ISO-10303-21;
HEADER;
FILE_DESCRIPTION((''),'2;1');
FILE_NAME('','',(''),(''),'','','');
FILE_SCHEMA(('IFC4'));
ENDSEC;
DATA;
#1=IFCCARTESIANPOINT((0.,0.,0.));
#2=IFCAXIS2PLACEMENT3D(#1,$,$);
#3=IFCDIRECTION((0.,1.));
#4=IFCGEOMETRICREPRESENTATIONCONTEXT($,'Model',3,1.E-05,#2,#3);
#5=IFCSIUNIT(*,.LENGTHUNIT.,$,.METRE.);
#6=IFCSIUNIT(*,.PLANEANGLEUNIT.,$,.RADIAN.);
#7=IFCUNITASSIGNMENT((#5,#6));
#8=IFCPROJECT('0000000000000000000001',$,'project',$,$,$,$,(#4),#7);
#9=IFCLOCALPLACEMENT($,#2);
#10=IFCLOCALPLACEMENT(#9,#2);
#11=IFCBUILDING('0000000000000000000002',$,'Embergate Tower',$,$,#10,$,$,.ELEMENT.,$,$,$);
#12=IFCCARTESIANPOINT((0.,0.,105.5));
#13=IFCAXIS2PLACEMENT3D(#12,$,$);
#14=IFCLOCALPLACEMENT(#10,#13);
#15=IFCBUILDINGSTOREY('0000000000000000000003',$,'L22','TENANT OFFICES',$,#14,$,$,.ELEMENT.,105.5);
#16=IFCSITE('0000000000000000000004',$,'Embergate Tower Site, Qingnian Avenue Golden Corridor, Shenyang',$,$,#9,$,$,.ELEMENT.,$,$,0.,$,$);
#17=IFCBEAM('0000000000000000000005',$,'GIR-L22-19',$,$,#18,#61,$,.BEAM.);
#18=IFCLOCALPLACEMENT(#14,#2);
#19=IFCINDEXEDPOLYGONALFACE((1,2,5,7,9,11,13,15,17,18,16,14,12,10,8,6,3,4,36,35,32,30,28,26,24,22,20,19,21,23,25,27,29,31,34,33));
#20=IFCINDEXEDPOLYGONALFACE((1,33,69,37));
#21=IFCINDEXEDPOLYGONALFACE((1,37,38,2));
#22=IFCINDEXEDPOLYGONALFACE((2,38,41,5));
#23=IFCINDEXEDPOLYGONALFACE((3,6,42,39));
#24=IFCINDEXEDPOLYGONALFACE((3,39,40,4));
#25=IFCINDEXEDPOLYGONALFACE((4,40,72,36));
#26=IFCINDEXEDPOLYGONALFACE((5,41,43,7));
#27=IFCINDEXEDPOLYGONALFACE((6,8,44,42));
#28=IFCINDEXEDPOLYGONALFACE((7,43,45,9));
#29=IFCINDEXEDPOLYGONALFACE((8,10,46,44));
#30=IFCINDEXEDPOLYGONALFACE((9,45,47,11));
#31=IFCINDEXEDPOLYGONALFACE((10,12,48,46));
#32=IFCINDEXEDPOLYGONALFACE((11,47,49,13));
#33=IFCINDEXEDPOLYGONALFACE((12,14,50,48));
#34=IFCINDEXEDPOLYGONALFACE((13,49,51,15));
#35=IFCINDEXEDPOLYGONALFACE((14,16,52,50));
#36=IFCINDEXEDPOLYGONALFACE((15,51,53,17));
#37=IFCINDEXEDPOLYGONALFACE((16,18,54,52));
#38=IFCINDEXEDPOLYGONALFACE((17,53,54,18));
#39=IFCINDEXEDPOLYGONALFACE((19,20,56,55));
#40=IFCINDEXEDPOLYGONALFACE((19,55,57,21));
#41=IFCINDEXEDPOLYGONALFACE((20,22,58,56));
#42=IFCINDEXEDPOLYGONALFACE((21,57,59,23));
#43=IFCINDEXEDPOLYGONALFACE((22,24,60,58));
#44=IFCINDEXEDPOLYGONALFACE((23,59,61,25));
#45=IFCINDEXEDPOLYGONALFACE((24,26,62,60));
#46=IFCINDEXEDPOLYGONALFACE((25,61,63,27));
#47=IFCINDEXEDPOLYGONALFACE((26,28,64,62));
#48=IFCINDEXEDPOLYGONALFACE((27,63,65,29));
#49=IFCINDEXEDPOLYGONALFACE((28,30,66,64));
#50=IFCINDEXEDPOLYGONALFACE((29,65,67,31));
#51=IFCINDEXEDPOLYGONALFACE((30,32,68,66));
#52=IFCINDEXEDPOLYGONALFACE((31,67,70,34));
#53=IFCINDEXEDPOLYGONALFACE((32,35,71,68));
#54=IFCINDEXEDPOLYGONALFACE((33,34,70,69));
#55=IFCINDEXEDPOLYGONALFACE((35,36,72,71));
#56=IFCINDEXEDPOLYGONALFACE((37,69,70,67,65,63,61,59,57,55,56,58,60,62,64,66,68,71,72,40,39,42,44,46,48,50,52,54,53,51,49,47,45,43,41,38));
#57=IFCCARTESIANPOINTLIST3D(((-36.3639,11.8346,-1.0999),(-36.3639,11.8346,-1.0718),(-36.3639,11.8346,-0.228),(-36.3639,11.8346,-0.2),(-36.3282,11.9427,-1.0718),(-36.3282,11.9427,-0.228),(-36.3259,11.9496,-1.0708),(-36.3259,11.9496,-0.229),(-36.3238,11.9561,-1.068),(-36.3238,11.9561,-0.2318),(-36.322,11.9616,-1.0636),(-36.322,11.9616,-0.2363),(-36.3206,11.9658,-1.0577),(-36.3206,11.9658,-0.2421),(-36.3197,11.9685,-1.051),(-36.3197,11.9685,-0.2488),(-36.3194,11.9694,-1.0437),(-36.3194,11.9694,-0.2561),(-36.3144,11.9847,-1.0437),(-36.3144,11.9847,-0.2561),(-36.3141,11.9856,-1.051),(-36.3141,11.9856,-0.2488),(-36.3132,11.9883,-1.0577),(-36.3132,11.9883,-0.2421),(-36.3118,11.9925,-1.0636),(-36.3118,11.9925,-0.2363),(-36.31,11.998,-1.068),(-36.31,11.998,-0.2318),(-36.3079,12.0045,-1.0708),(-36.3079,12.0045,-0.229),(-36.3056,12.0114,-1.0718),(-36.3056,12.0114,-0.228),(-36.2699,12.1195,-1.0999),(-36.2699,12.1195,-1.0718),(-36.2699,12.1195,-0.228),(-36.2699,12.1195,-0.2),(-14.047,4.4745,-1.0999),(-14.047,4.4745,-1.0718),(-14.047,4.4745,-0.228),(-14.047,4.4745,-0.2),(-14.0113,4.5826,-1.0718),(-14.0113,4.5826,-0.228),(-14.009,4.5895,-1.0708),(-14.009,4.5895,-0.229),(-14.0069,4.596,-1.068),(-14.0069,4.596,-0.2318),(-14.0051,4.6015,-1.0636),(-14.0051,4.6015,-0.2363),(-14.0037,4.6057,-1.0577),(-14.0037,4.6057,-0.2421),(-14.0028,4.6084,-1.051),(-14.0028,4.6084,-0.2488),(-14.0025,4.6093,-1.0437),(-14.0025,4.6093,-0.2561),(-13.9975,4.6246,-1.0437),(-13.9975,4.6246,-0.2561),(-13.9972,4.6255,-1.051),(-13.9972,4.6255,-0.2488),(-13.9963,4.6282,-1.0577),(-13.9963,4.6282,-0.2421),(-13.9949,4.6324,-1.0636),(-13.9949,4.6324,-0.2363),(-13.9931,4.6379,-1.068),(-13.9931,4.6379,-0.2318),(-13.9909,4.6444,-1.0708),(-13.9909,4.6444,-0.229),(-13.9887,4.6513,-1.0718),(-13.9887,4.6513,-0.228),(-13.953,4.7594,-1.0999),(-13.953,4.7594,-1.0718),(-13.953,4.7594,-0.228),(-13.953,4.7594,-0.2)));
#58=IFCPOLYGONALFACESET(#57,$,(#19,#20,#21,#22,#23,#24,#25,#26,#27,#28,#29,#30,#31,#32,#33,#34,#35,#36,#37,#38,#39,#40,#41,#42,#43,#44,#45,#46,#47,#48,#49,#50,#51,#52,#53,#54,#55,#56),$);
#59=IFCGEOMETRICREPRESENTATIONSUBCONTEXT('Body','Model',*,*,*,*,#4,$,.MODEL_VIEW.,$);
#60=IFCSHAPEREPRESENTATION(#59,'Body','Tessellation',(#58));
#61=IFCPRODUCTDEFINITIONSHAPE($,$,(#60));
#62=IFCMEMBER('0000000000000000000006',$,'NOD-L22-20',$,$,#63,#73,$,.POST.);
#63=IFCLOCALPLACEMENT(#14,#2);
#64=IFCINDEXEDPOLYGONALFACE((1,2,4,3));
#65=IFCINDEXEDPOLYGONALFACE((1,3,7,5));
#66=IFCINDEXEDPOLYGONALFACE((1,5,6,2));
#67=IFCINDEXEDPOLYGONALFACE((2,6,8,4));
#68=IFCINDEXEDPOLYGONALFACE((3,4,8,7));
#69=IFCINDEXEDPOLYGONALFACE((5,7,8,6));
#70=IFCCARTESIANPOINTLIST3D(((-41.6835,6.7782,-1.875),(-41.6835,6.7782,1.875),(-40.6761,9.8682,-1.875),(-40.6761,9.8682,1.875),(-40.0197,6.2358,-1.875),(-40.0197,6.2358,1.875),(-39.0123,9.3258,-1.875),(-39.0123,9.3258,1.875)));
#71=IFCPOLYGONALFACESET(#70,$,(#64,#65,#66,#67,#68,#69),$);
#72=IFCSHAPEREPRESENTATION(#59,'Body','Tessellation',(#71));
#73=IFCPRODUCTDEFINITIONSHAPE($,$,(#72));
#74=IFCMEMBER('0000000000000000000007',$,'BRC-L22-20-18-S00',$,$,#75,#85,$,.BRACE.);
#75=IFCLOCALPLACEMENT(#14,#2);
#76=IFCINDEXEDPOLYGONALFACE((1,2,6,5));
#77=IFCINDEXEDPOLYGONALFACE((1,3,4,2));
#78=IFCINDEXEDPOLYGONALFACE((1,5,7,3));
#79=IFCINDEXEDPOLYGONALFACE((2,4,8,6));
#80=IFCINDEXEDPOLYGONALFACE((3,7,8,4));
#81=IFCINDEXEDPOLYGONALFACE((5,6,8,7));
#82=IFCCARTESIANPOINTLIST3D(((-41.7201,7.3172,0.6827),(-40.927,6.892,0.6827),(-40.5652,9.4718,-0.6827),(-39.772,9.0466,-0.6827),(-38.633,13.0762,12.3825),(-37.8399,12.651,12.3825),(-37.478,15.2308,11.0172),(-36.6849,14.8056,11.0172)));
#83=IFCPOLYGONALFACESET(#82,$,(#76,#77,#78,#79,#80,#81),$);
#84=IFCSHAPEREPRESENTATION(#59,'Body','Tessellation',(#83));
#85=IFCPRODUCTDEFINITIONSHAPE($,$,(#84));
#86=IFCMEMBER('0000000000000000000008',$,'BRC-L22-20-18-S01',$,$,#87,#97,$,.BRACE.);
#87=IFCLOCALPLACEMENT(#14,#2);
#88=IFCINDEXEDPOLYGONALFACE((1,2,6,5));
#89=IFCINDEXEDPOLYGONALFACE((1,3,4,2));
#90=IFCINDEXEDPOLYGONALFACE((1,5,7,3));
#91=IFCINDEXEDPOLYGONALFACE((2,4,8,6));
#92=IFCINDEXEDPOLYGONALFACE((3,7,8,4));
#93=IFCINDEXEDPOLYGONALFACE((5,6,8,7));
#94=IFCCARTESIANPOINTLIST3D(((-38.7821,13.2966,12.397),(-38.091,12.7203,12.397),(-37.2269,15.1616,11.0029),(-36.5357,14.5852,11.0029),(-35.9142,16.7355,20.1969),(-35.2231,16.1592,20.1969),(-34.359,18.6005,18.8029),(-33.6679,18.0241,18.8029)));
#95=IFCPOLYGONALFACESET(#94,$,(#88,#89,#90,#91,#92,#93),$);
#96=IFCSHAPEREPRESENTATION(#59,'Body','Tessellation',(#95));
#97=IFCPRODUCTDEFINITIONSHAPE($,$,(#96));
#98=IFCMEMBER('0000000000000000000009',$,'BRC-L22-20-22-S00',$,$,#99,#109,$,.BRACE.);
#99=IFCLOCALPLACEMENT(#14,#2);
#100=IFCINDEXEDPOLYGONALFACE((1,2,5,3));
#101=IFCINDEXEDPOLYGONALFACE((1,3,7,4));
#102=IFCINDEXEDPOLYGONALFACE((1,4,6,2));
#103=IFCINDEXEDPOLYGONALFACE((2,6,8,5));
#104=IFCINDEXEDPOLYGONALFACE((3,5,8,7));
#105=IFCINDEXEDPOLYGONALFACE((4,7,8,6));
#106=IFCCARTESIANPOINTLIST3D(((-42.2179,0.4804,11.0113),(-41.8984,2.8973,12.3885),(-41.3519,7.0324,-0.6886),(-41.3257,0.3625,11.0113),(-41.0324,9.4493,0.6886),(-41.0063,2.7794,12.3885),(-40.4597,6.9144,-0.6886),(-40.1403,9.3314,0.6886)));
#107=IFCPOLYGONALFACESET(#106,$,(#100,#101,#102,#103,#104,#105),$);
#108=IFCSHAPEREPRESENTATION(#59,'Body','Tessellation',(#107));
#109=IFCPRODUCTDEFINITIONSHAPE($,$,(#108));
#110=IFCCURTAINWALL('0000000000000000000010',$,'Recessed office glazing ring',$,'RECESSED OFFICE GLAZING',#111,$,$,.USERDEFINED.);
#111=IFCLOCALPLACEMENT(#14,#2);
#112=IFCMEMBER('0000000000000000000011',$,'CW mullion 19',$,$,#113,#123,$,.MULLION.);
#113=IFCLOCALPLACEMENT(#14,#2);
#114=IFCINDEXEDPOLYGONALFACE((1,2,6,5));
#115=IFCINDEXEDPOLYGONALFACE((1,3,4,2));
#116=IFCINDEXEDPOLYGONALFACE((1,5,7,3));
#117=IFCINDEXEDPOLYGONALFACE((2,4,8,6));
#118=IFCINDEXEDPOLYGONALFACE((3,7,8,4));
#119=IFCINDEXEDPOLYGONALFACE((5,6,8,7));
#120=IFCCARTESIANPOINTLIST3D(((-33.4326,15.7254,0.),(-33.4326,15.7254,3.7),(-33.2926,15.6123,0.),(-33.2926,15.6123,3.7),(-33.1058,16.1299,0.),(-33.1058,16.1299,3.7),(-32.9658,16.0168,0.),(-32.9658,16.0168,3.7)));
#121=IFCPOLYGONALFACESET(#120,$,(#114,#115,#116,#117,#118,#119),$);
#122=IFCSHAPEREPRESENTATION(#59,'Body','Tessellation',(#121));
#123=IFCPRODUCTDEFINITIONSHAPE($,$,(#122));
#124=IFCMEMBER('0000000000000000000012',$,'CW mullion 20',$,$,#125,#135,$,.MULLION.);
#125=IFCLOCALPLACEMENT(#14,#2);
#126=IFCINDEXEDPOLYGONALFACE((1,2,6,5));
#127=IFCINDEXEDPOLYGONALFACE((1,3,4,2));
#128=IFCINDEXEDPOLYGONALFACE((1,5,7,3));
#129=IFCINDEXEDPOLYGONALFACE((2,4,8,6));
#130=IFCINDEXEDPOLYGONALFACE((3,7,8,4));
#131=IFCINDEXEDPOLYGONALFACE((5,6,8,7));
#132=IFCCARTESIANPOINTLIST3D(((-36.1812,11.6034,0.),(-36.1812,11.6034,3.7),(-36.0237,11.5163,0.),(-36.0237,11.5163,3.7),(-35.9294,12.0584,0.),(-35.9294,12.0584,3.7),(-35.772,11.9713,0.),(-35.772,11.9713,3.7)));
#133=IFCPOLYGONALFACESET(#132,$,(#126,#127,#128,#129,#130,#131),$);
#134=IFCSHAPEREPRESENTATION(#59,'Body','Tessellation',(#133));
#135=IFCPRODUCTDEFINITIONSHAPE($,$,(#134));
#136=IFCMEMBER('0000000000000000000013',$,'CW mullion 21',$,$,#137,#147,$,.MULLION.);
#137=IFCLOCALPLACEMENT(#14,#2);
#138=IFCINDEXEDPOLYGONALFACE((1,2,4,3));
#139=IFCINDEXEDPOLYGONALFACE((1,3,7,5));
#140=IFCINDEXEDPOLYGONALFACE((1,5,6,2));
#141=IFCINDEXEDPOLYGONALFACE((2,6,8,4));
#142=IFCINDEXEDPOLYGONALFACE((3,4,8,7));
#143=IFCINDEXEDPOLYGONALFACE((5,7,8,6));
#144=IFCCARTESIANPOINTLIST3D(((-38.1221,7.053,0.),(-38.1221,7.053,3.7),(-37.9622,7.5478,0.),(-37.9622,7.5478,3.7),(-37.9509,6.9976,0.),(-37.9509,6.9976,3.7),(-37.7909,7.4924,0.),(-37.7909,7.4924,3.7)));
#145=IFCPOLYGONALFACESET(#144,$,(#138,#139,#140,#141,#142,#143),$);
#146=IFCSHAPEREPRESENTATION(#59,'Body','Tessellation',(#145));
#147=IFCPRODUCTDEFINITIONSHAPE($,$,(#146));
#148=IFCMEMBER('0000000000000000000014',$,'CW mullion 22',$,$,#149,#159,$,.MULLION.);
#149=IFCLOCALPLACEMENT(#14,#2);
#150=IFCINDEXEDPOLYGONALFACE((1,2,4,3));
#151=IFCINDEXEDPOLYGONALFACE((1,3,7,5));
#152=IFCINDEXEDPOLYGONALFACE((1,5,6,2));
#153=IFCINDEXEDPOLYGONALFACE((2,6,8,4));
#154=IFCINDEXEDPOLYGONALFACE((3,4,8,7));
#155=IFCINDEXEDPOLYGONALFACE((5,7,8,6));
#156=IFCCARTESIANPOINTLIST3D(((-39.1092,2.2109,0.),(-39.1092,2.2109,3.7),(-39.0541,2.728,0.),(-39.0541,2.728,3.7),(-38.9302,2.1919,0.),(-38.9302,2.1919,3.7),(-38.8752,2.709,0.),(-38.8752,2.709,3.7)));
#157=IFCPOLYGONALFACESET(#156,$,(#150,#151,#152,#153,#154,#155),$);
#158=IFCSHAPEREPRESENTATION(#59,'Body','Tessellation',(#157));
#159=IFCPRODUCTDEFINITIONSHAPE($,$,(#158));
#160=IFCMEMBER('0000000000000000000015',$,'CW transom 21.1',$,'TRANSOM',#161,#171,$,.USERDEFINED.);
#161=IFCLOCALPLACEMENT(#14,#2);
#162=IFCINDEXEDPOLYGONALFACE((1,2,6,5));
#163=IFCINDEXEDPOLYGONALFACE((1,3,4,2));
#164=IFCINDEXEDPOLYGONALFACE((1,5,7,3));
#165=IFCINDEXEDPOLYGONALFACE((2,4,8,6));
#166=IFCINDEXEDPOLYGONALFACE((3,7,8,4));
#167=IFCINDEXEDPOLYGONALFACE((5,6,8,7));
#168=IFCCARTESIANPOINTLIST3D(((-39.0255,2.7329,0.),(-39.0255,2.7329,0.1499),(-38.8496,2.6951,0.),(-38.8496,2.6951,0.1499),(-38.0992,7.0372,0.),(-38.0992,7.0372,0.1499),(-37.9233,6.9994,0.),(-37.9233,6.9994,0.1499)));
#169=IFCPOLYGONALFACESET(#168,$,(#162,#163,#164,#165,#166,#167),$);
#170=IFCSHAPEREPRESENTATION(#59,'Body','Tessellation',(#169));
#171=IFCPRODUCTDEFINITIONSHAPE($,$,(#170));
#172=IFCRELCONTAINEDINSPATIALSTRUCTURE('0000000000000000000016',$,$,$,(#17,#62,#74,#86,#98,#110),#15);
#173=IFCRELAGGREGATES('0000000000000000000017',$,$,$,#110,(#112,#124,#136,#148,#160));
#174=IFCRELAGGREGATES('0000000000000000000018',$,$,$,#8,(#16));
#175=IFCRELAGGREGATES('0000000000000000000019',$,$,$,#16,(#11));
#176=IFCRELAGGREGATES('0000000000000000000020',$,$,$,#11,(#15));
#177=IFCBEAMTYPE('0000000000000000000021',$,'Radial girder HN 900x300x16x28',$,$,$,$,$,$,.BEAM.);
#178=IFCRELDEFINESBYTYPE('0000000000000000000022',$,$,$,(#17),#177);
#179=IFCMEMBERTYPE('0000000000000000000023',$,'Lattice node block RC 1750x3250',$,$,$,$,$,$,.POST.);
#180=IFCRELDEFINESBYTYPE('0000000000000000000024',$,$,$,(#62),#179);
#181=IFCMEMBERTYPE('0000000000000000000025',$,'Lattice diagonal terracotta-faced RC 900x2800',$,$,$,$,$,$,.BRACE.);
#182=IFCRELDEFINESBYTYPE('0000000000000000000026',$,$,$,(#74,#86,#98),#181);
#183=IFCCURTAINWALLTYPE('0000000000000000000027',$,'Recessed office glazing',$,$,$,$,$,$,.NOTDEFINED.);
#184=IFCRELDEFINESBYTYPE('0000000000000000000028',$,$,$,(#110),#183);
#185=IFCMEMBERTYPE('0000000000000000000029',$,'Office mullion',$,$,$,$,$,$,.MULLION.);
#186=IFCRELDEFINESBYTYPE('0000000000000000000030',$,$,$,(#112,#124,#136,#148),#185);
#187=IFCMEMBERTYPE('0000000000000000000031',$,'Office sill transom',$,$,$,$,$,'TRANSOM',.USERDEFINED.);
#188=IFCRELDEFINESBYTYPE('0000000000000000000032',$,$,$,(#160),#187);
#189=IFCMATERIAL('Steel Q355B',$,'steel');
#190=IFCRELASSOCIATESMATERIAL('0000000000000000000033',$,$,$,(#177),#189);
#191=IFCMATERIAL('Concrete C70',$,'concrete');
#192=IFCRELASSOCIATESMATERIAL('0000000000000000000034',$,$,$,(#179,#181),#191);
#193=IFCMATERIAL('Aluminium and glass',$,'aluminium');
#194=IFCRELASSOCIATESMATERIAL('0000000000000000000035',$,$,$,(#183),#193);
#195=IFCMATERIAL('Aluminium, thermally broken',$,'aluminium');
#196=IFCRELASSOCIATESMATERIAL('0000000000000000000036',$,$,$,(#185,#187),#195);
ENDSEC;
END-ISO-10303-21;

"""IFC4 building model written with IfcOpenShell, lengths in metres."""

from ifc_helpers import new_model, si_unit, direction, frame, origin, origin_2d, place, context, subcontext, project, spatial, rectangle, i_section, extrude, source, transform, mapped, material, material_profile, profile_set, type_object, element, aggregate, save


model = new_model("IFC4")

# Units and contexts
model_context = context("Model", 3, precision=1e-05, world=origin(), true_north=direction((0.0, 1.0)))
body_context = subcontext(model_context, "Body", "Model", "MODEL_VIEW")
ifc_project = project(units=[si_unit("LENGTHUNIT", "METRE"), si_unit("PLANEANGLEUNIT", "RADIAN")], contexts=[model_context])

# Site, building, storey
site_placement = place(None, origin())
site = spatial("IfcSite", under=ifc_project, at=site_placement, Name="Embergate Tower Site, Qingnian Avenue Golden Corridor, Shenyang", CompositionType="ELEMENT", RefElevation=0.0)
building_placement = place(site_placement, origin())
building = spatial("IfcBuilding", under=site, at=building_placement, Name="Embergate Tower", CompositionType="ELEMENT")
storey_placement = place(building_placement, frame((0.0, 0.0, 105.5)))
storey = spatial("IfcBuildingStorey", under=building, at=storey_placement, Name="L22", Description="TENANT OFFICES", CompositionType="ELEMENT", Elevation=105.5)

# Shared definitions
ifc_material_1 = material(Name="Concrete C70", Category="concrete")

# Beam
ifc_material_2 = material(Name="Steel Q355B", Category="steel")
ifc_material_profile_1 = material_profile(ifc_material_2, i_section(OverallWidth=0.3, OverallDepth=0.8999, WebThickness=0.0161, FlangeThickness=0.0281, FilletRadius=0.0281, at=origin_2d()), Name="HN 900x300x16x28")
ifc_profile_set_1 = profile_set([ifc_material_profile_1], Name="Steel Q355 grade B")
beam_type_1 = type_object("IfcBeamType", Name="Radial girder HN 900x300x16x28", PredefinedType="BEAM", material=ifc_profile_set_1)
shared_shape_1 = source(origin(), body_context, "Body", "SweptSolid", [
    extrude(i_section(OverallWidth=0.3, OverallDepth=0.8999, WebThickness=0.0161, FlangeThickness=0.0281, FilletRadius=0.0281, at=origin_2d()), origin(), (0.0, 0.0, 1.0), 23.4993),
])
beam_1_placement = place(storey_placement, frame((-36.3169, 11.9771, -0.6499), z_axis=(0.949685, -0.313206, 0.0), x_axis=(0.313206, 0.949685, 0.0)))
element("IfcBeam", 1, at=beam_1_placement, inside=storey, type_object=beam_type_1, Name="GIR-L22-19", PredefinedType="BEAM", context=body_context, shape_type="MappedRepresentation", body=[
    mapped(shared_shape_1, transform((0.0, 0.0, 0.0))),
])

# Members
ifc_material_profile_2 = material_profile(ifc_material_1, rectangle(XDim=1.75, YDim=3.25, at=origin_2d()), Name="RC 1750x3250")
ifc_profile_set_2 = profile_set([ifc_material_profile_2], Name="Concrete C70")
member_type_1 = type_object("IfcMemberType", Name="Lattice node block RC 1750x3250", PredefinedType="POST", material=ifc_profile_set_2)
shared_shape_2 = source(origin(), body_context, "Body", "SweptSolid", [
    extrude(rectangle(XDim=1.75, YDim=3.25, at=origin_2d()), origin(), (0.0, 0.0, 1.0), 3.75),
])
member_1_placement = place(storey_placement, frame((-40.3479, 8.052, -1.875), z_axis=(0.0, 0.0, 1.0), x_axis=(-0.950754, 0.309946, 0.0)))
element("IfcMember", 2, at=member_1_placement, inside=storey, type_object=member_type_1, Name="NOD-L22-20", PredefinedType="POST", context=body_context, shape_type="MappedRepresentation", body=[
    mapped(shared_shape_2, transform((0.0, 0.0, 0.0))),
])
ifc_material_profile_3 = material_profile(ifc_material_1, rectangle(XDim=0.8999, YDim=2.8, at=origin_2d()), Name="RC 900x2800")
ifc_profile_set_3 = profile_set([ifc_material_profile_3], Name="Concrete C70")
member_type_2 = type_object("IfcMemberType", Name="Lattice diagonal terracotta-faced RC 900x2800", PredefinedType="BRACE", material=ifc_profile_set_3)
shared_shape_3 = source(origin(), body_context, "Body", "SweptSolid", [
    extrude(rectangle(XDim=0.8999, YDim=2.8, at=origin_2d()), origin(), (0.0, 0.0, 1.0), 13.4009),
])
member_2_placement = place(storey_placement, frame((-40.7461, 8.1819, 0.0), z_axis=(0.230368, 0.429748, 0.873068), x_axis=(-0.881355, 0.472455, 0.0)))
element("IfcMember", 3, at=member_2_placement, inside=storey, type_object=member_type_2, Name="BRC-L22-20-18-S00", PredefinedType="BRACE", context=body_context, shape_type="MappedRepresentation", body=[
    mapped(shared_shape_3, transform((0.0, 0.0, 0.0))),
])
shared_shape_4 = source(origin(), body_context, "Body", "SweptSolid", [
    extrude(rectangle(XDim=0.8999, YDim=2.8, at=origin_2d()), origin(), (0.0, 0.0, 1.0), 8.9939),
])
member_3_placement = place(storey_placement, frame((-37.6589, 13.9409, 11.7), z_axis=(0.31887, 0.382362, 0.867249), x_axis=(-0.767989, 0.640463, 0.0)))
element("IfcMember", 4, at=member_3_placement, inside=storey, type_object=member_type_2, Name="BRC-L22-20-18-S01", PredefinedType="BRACE", context=body_context, shape_type="MappedRepresentation", body=[
    mapped(shared_shape_4, transform((0.0, 0.0, 0.0))),
])
shared_shape_5 = source(origin(), body_context, "Body", "SweptSolid", [
    extrude(rectangle(XDim=0.8999, YDim=2.8, at=origin_2d()), origin(), (0.0, 0.0, 1.0), 13.4375),
])
member_4_placement = place(storey_placement, frame((-40.7461, 8.1819, 0.0), z_axis=(-0.064444, -0.487589, 0.870691), x_axis=(0.991379, -0.131029, 0.0)))
element("IfcMember", 5, at=member_4_placement, inside=storey, type_object=member_type_2, Name="BRC-L22-20-22-S00", PredefinedType="BRACE", context=body_context, shape_type="MappedRepresentation", body=[
    mapped(shared_shape_5, transform((0.0, 0.0, 0.0))),
])

# Curtain wall, members
ifc_material_3 = material(Name="Aluminium and glass", Category="aluminium")
curtain_wall_type = type_object("IfcCurtainWallType", Name="Recessed office glazing", PredefinedType="NOTDEFINED", material=ifc_material_3)
curtain_wall_placement = place(storey_placement, origin())
curtain_wall = element("IfcCurtainWall", 6, at=curtain_wall_placement, inside=storey, type_object=curtain_wall_type, Name="Recessed office glazing ring", ObjectType="RECESSED OFFICE GLAZING", PredefinedType="USERDEFINED")
ifc_material_4 = material(Name="Aluminium, thermally broken", Category="aluminium")
ifc_material_profile_4 = material_profile(ifc_material_4, rectangle(XDim=0.1799, YDim=0.52, at=origin_2d()), Name="AL 520x180")
ifc_profile_set_4 = profile_set([ifc_material_profile_4], Name="Aluminium, thermally broken")
member_type_3 = type_object("IfcMemberType", Name="Office mullion", PredefinedType="MULLION", material=ifc_profile_set_4)
shared_shape_6 = source(origin(), body_context, "Body", "SweptSolid", [
    extrude(rectangle(XDim=0.1799, YDim=0.52, at=origin_2d()), origin(), (0.0, 0.0, 1.0), 3.7),
])
member_5_placement = place(storey_placement, frame((-33.1992, 15.8711, 0.0), z_axis=(0.0, 0.0, 1.0), x_axis=(0.777884, -0.628408, 0.0)))
member_5 = element("IfcMember", 7, at=member_5_placement, type_object=member_type_3, Name="CW mullion 19", PredefinedType="MULLION", context=body_context, shape_type="MappedRepresentation", body=[
    mapped(shared_shape_6, transform((0.0, 0.0, 0.0))),
])
member_6_placement = place(storey_placement, frame((-35.9766, 11.7874, 0.0), z_axis=(0.0, 0.0, 1.0), x_axis=(0.87501, -0.484106, 0.0)))
member_6 = element("IfcMember", 8, at=member_6_placement, type_object=member_type_3, Name="CW mullion 20", PredefinedType="MULLION", context=body_context, shape_type="MappedRepresentation", body=[
    mapped(shared_shape_6, transform((0.0, 0.0, 0.0))),
])
member_7_placement = place(storey_placement, frame((-37.9565, 7.2727, 0.0), z_axis=(0.0, 0.0, 1.0), x_axis=(0.951502, -0.307644, 0.0)))
member_7 = element("IfcMember", 9, at=member_7_placement, type_object=member_type_3, Name="CW mullion 21", PredefinedType="MULLION", context=body_context, shape_type="MappedRepresentation", body=[
    mapped(shared_shape_6, transform((0.0, 0.0, 0.0))),
])
member_8_placement = place(storey_placement, frame((-38.9922, 2.46, 0.0), z_axis=(0.0, 0.0, 1.0), x_axis=(0.994385, -0.10582, 0.0)))
member_8 = element("IfcMember", 10, at=member_8_placement, type_object=member_type_3, Name="CW mullion 22", PredefinedType="MULLION", context=body_context, shape_type="MappedRepresentation", body=[
    mapped(shared_shape_6, transform((0.0, 0.0, 0.0))),
])
ifc_material_profile_5 = material_profile(ifc_material_4, rectangle(XDim=0.1799, YDim=0.1499, at=origin_2d()), Name="AL 150x180")
ifc_profile_set_5 = profile_set([ifc_material_profile_5], Name="Aluminium, thermally broken")
member_type_4 = type_object("IfcMemberType", Name="Office sill transom", ElementType="TRANSOM", PredefinedType="USERDEFINED", material=ifc_profile_set_5)
shared_shape_7 = source(origin(), body_context, "Body", "SweptSolid", [
    extrude(rectangle(XDim=0.1799, YDim=0.1499, at=origin_2d()), origin(), (0.0, 0.0, 1.0), 4.4028),
])
member_9_placement = place(storey_placement, frame((-38.0112, 7.0183, 0.075), z_axis=(-0.210385, -0.977619, 0.0), x_axis=(0.977619, -0.210385, 0.0)))
member_9 = element("IfcMember", 11, at=member_9_placement, type_object=member_type_4, Name="CW transom 21.1", ObjectType="TRANSOM", PredefinedType="USERDEFINED", context=body_context, shape_type="MappedRepresentation", body=[
    mapped(shared_shape_7, transform((0.0, 0.0, 0.0))),
])
aggregate(curtain_wall, [member_5, member_6, member_7, member_8, member_9])

save(model, "model.ifc")
